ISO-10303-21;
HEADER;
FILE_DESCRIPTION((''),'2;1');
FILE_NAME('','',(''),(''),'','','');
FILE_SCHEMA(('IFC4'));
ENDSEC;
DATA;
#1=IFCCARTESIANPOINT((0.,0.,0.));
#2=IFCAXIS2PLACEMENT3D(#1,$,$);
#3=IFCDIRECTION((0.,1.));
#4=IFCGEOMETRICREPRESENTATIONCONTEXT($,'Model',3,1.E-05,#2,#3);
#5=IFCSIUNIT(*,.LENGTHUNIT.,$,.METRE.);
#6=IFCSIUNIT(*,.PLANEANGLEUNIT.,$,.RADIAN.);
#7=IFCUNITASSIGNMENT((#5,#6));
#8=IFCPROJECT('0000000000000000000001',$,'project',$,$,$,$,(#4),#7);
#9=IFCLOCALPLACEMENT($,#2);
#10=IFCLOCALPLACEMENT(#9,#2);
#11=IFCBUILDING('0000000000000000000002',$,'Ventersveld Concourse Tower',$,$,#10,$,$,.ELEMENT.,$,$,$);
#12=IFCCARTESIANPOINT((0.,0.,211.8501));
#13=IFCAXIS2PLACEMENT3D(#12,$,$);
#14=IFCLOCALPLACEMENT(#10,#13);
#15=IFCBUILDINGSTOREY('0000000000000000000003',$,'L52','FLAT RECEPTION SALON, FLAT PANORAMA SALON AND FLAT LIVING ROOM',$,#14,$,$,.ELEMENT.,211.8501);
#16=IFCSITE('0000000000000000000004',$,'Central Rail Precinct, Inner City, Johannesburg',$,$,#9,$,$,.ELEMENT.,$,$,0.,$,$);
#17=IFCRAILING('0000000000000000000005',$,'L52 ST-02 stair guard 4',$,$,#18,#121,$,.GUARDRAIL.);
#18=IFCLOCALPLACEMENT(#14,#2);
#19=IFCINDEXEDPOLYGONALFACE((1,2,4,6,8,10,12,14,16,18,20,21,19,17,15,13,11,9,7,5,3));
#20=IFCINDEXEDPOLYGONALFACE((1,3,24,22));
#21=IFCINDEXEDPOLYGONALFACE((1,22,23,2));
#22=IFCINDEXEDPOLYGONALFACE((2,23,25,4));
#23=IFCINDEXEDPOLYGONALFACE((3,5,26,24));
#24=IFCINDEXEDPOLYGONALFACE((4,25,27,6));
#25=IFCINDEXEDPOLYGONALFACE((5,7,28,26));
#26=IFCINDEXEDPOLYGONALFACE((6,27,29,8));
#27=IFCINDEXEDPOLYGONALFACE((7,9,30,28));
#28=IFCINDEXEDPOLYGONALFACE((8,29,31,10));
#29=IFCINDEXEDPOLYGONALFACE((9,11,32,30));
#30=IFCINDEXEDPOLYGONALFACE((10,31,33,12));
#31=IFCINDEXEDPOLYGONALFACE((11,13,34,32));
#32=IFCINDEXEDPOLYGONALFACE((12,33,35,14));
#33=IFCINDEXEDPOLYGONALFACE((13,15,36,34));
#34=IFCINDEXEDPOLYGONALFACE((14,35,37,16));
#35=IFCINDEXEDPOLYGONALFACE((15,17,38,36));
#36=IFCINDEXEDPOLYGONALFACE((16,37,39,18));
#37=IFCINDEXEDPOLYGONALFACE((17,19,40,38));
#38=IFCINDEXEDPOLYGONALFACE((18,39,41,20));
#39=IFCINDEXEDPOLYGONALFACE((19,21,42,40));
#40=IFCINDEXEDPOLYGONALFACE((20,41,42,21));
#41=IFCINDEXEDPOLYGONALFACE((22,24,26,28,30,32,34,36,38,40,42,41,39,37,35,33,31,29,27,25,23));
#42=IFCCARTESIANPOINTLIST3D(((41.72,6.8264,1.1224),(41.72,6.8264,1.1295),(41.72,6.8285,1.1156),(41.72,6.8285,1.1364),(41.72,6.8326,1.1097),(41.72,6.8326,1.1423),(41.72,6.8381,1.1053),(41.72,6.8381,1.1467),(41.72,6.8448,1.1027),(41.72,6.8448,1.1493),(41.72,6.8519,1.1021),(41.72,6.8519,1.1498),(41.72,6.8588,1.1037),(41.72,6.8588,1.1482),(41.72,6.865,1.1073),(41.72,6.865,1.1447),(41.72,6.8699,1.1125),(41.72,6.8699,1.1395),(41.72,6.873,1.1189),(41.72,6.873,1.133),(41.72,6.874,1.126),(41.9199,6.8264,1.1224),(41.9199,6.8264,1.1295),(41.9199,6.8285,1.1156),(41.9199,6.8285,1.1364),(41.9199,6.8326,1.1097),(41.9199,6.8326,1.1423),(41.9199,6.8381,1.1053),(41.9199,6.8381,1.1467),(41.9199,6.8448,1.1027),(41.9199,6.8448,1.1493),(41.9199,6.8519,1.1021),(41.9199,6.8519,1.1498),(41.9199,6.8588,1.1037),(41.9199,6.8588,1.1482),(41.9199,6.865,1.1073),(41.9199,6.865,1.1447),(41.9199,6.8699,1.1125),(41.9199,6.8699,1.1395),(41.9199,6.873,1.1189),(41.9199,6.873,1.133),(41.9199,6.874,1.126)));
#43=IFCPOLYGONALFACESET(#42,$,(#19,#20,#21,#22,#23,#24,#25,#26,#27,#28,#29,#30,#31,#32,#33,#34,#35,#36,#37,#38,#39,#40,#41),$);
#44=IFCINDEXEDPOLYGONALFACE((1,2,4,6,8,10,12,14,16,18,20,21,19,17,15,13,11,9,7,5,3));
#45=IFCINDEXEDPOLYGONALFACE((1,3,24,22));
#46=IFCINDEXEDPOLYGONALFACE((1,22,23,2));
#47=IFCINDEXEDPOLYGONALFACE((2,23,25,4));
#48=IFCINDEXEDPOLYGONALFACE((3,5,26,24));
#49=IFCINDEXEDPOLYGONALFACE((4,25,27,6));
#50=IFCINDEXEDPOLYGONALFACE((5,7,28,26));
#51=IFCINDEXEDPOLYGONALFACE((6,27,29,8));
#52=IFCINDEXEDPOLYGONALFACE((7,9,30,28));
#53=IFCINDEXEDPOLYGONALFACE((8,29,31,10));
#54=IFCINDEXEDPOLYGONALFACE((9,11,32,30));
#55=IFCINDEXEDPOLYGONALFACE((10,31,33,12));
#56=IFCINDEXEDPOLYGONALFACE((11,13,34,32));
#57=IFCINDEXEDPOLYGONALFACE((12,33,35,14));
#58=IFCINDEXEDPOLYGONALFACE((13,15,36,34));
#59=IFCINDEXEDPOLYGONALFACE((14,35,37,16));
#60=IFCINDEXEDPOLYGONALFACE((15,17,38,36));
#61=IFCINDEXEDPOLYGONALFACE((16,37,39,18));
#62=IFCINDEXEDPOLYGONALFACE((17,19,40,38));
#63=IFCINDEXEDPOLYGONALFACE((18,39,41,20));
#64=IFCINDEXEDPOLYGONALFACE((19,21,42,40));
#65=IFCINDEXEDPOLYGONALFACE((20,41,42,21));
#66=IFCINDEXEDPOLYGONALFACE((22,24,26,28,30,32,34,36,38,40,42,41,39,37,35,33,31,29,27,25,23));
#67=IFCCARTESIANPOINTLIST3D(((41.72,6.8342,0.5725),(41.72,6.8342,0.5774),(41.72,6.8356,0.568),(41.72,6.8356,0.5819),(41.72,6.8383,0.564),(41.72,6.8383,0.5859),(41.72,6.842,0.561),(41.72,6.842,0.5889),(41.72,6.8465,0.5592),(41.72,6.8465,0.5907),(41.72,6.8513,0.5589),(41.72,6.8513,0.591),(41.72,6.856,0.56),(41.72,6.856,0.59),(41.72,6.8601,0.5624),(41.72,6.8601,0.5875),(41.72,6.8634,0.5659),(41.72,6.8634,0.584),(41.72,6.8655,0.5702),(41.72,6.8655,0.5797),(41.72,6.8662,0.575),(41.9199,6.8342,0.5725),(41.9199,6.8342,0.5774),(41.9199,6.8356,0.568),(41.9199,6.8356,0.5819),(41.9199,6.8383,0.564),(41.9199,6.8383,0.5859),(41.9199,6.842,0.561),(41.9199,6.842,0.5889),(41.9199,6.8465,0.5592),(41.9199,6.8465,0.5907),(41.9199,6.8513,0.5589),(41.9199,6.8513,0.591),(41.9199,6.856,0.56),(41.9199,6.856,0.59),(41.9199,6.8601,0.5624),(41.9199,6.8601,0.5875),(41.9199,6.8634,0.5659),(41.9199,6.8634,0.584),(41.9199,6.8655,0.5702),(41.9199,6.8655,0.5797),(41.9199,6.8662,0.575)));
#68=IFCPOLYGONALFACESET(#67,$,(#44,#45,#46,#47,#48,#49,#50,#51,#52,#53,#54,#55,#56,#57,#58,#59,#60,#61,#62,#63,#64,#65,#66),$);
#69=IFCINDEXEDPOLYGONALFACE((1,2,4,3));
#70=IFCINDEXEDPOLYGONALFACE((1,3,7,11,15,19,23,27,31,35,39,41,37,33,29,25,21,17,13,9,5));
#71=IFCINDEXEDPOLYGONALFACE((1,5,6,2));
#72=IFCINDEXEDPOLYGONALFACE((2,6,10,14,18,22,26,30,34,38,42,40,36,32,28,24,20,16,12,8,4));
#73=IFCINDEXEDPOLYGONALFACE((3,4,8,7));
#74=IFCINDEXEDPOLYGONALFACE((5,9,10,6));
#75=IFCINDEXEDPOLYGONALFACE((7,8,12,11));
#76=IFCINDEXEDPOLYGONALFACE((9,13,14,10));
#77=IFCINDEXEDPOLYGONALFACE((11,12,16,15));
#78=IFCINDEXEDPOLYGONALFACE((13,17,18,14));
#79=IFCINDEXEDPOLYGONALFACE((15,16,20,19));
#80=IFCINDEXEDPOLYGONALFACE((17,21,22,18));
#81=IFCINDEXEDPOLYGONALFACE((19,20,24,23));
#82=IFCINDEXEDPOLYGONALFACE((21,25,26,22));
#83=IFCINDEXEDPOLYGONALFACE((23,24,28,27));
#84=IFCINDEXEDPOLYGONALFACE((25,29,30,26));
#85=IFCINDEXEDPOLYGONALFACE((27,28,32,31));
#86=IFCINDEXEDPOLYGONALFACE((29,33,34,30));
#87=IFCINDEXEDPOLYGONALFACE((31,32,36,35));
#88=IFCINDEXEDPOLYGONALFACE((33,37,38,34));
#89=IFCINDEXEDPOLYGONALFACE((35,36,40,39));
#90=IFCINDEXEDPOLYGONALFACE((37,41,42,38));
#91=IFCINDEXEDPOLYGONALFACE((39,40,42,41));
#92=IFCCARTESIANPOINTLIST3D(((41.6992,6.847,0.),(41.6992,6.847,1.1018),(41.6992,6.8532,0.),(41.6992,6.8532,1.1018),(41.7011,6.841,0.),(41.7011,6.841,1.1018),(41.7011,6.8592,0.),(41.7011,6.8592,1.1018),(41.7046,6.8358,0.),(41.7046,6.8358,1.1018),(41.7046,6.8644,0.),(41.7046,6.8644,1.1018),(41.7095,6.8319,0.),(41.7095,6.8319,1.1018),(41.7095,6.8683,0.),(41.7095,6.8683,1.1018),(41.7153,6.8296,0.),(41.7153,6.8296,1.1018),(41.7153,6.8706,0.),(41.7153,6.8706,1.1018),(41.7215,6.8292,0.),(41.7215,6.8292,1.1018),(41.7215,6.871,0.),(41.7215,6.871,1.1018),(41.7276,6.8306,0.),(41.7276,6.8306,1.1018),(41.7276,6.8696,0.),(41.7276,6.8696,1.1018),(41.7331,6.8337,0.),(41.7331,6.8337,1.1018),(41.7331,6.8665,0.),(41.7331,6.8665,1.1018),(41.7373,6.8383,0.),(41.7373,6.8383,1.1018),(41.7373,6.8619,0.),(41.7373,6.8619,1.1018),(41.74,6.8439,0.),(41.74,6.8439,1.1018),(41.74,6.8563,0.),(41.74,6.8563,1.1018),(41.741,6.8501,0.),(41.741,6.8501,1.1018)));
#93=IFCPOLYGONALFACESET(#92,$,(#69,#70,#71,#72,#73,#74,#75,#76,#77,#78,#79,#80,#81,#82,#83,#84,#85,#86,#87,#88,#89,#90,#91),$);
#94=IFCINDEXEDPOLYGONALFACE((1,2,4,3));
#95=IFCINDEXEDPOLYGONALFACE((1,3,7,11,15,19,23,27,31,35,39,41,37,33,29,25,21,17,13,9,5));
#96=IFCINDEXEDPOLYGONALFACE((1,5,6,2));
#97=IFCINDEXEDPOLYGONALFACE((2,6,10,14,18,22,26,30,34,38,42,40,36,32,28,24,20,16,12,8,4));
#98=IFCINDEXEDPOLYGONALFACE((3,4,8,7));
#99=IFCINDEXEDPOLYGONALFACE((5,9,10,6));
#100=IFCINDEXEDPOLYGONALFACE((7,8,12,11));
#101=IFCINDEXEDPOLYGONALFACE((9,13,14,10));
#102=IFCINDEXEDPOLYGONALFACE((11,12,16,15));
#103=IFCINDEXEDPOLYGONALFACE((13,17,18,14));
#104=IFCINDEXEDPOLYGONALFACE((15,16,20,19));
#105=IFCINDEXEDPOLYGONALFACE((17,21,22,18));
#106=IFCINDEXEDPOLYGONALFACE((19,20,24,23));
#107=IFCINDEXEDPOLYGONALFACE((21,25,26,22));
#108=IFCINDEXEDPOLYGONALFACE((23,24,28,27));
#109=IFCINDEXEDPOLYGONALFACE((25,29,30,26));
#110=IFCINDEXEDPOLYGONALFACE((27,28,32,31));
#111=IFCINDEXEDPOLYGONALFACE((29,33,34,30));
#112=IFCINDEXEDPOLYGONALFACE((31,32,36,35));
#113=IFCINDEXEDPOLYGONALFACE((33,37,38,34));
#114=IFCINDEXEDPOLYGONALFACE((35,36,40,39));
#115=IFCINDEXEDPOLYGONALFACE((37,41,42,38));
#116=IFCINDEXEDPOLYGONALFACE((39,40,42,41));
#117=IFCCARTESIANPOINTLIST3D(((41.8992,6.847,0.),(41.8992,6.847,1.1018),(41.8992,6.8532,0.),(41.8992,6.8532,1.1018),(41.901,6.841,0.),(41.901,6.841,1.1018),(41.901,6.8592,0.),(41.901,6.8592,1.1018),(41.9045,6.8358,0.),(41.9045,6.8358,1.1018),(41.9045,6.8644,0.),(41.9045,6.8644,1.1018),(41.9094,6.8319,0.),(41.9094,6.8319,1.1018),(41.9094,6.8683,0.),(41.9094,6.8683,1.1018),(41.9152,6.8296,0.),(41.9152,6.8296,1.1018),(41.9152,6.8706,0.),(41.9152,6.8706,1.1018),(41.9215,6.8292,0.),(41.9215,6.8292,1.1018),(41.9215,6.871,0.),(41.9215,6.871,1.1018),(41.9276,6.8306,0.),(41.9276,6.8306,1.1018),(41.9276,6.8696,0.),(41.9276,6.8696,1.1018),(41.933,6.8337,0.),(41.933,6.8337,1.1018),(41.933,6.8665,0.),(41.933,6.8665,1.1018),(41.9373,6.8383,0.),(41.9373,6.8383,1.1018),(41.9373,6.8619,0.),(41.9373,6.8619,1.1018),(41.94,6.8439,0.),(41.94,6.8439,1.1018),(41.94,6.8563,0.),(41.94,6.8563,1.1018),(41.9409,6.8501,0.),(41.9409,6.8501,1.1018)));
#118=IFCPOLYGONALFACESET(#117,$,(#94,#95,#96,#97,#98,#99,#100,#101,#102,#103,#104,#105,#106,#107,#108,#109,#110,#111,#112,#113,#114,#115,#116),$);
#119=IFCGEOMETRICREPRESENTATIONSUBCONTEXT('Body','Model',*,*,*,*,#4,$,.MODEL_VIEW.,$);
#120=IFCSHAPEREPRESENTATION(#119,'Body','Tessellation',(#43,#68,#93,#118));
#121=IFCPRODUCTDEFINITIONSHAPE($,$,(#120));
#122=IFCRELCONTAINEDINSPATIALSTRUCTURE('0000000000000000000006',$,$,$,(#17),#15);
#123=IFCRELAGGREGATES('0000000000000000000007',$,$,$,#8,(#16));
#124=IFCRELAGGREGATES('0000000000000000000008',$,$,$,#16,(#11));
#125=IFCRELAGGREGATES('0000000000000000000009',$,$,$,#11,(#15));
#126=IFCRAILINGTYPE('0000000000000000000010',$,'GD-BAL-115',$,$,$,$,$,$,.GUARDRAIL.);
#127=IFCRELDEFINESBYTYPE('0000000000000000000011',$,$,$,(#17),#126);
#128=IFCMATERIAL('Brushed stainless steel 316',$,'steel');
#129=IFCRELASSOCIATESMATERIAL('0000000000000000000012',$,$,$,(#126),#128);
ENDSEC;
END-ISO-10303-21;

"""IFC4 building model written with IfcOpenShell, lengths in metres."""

from ifc_helpers import new_model, si_unit, direction, frame, origin, origin_2d, place, context, subcontext, project, spatial, circle, extrude, material, type_object, element, save


model = new_model("IFC4")

# Units and contexts
model_context = context("Model", 3, precision=1e-05, world=origin(), true_north=direction((0.0, 1.0)))
body_context = subcontext(model_context, "Body", "Model", "MODEL_VIEW")
ifc_project = project(units=[si_unit("LENGTHUNIT", "METRE"), si_unit("PLANEANGLEUNIT", "RADIAN")], contexts=[model_context])

# Site, building, storey
site_placement = place(None, origin())
site = spatial("IfcSite", under=ifc_project, at=site_placement, Name="Central Rail Precinct, Inner City, Johannesburg", CompositionType="ELEMENT", RefElevation=0.0)
building_placement = place(site_placement, origin())
building = spatial("IfcBuilding", under=site, at=building_placement, Name="Ventersveld Concourse Tower", CompositionType="ELEMENT")
storey_placement = place(building_placement, frame((0.0, 0.0, 211.8501)))
storey = spatial("IfcBuildingStorey", under=building, at=storey_placement, Name="L52", Description="FLAT RECEPTION SALON, FLAT PANORAMA SALON AND FLAT LIVING ROOM", CompositionType="ELEMENT", Elevation=211.8501)

# Shared definitions
ifc_material_1 = material(Name="Brushed stainless steel 316", Category="steel")

# Railing
railing_type_1 = type_object("IfcRailingType", Name="GD-BAL-115", PredefinedType="GUARDRAIL", material=ifc_material_1)
railing_1_placement = place(storey_placement, frame((41.72, 6.8501, 0.0)))
element("IfcRailing", 1, at=railing_1_placement, inside=storey, type_object=railing_type_1, Name="L52 ST-02 stair guard 4", PredefinedType="GUARDRAIL", context=body_context, shape_type="SweptSolid", body=[
    extrude(circle(Radius=0.0239, at=origin_2d()), frame((0.0, 0.0, 1.126), z_axis=(1.0, 0.0, 0.0), x_axis=(0.0, 1.0, 0.0)), (0.0, 0.0, 1.0), 0.2),
    extrude(circle(Radius=0.0161, at=origin_2d()), frame((0.0, 0.0, 0.575), z_axis=(1.0, 0.0, 0.0), x_axis=(0.0, 1.0, 0.0)), (0.0, 0.0, 1.0), 0.2),
    extrude(circle(Radius=0.021, at=origin_2d()), origin(), (0.0, 0.0, 1.0), 1.1018),
    extrude(circle(Radius=0.021, at=origin_2d()), frame((0.2, 0.0, 0.0)), (0.0, 0.0, 1.0), 1.1018),
])

save(model, "model.ifc")
